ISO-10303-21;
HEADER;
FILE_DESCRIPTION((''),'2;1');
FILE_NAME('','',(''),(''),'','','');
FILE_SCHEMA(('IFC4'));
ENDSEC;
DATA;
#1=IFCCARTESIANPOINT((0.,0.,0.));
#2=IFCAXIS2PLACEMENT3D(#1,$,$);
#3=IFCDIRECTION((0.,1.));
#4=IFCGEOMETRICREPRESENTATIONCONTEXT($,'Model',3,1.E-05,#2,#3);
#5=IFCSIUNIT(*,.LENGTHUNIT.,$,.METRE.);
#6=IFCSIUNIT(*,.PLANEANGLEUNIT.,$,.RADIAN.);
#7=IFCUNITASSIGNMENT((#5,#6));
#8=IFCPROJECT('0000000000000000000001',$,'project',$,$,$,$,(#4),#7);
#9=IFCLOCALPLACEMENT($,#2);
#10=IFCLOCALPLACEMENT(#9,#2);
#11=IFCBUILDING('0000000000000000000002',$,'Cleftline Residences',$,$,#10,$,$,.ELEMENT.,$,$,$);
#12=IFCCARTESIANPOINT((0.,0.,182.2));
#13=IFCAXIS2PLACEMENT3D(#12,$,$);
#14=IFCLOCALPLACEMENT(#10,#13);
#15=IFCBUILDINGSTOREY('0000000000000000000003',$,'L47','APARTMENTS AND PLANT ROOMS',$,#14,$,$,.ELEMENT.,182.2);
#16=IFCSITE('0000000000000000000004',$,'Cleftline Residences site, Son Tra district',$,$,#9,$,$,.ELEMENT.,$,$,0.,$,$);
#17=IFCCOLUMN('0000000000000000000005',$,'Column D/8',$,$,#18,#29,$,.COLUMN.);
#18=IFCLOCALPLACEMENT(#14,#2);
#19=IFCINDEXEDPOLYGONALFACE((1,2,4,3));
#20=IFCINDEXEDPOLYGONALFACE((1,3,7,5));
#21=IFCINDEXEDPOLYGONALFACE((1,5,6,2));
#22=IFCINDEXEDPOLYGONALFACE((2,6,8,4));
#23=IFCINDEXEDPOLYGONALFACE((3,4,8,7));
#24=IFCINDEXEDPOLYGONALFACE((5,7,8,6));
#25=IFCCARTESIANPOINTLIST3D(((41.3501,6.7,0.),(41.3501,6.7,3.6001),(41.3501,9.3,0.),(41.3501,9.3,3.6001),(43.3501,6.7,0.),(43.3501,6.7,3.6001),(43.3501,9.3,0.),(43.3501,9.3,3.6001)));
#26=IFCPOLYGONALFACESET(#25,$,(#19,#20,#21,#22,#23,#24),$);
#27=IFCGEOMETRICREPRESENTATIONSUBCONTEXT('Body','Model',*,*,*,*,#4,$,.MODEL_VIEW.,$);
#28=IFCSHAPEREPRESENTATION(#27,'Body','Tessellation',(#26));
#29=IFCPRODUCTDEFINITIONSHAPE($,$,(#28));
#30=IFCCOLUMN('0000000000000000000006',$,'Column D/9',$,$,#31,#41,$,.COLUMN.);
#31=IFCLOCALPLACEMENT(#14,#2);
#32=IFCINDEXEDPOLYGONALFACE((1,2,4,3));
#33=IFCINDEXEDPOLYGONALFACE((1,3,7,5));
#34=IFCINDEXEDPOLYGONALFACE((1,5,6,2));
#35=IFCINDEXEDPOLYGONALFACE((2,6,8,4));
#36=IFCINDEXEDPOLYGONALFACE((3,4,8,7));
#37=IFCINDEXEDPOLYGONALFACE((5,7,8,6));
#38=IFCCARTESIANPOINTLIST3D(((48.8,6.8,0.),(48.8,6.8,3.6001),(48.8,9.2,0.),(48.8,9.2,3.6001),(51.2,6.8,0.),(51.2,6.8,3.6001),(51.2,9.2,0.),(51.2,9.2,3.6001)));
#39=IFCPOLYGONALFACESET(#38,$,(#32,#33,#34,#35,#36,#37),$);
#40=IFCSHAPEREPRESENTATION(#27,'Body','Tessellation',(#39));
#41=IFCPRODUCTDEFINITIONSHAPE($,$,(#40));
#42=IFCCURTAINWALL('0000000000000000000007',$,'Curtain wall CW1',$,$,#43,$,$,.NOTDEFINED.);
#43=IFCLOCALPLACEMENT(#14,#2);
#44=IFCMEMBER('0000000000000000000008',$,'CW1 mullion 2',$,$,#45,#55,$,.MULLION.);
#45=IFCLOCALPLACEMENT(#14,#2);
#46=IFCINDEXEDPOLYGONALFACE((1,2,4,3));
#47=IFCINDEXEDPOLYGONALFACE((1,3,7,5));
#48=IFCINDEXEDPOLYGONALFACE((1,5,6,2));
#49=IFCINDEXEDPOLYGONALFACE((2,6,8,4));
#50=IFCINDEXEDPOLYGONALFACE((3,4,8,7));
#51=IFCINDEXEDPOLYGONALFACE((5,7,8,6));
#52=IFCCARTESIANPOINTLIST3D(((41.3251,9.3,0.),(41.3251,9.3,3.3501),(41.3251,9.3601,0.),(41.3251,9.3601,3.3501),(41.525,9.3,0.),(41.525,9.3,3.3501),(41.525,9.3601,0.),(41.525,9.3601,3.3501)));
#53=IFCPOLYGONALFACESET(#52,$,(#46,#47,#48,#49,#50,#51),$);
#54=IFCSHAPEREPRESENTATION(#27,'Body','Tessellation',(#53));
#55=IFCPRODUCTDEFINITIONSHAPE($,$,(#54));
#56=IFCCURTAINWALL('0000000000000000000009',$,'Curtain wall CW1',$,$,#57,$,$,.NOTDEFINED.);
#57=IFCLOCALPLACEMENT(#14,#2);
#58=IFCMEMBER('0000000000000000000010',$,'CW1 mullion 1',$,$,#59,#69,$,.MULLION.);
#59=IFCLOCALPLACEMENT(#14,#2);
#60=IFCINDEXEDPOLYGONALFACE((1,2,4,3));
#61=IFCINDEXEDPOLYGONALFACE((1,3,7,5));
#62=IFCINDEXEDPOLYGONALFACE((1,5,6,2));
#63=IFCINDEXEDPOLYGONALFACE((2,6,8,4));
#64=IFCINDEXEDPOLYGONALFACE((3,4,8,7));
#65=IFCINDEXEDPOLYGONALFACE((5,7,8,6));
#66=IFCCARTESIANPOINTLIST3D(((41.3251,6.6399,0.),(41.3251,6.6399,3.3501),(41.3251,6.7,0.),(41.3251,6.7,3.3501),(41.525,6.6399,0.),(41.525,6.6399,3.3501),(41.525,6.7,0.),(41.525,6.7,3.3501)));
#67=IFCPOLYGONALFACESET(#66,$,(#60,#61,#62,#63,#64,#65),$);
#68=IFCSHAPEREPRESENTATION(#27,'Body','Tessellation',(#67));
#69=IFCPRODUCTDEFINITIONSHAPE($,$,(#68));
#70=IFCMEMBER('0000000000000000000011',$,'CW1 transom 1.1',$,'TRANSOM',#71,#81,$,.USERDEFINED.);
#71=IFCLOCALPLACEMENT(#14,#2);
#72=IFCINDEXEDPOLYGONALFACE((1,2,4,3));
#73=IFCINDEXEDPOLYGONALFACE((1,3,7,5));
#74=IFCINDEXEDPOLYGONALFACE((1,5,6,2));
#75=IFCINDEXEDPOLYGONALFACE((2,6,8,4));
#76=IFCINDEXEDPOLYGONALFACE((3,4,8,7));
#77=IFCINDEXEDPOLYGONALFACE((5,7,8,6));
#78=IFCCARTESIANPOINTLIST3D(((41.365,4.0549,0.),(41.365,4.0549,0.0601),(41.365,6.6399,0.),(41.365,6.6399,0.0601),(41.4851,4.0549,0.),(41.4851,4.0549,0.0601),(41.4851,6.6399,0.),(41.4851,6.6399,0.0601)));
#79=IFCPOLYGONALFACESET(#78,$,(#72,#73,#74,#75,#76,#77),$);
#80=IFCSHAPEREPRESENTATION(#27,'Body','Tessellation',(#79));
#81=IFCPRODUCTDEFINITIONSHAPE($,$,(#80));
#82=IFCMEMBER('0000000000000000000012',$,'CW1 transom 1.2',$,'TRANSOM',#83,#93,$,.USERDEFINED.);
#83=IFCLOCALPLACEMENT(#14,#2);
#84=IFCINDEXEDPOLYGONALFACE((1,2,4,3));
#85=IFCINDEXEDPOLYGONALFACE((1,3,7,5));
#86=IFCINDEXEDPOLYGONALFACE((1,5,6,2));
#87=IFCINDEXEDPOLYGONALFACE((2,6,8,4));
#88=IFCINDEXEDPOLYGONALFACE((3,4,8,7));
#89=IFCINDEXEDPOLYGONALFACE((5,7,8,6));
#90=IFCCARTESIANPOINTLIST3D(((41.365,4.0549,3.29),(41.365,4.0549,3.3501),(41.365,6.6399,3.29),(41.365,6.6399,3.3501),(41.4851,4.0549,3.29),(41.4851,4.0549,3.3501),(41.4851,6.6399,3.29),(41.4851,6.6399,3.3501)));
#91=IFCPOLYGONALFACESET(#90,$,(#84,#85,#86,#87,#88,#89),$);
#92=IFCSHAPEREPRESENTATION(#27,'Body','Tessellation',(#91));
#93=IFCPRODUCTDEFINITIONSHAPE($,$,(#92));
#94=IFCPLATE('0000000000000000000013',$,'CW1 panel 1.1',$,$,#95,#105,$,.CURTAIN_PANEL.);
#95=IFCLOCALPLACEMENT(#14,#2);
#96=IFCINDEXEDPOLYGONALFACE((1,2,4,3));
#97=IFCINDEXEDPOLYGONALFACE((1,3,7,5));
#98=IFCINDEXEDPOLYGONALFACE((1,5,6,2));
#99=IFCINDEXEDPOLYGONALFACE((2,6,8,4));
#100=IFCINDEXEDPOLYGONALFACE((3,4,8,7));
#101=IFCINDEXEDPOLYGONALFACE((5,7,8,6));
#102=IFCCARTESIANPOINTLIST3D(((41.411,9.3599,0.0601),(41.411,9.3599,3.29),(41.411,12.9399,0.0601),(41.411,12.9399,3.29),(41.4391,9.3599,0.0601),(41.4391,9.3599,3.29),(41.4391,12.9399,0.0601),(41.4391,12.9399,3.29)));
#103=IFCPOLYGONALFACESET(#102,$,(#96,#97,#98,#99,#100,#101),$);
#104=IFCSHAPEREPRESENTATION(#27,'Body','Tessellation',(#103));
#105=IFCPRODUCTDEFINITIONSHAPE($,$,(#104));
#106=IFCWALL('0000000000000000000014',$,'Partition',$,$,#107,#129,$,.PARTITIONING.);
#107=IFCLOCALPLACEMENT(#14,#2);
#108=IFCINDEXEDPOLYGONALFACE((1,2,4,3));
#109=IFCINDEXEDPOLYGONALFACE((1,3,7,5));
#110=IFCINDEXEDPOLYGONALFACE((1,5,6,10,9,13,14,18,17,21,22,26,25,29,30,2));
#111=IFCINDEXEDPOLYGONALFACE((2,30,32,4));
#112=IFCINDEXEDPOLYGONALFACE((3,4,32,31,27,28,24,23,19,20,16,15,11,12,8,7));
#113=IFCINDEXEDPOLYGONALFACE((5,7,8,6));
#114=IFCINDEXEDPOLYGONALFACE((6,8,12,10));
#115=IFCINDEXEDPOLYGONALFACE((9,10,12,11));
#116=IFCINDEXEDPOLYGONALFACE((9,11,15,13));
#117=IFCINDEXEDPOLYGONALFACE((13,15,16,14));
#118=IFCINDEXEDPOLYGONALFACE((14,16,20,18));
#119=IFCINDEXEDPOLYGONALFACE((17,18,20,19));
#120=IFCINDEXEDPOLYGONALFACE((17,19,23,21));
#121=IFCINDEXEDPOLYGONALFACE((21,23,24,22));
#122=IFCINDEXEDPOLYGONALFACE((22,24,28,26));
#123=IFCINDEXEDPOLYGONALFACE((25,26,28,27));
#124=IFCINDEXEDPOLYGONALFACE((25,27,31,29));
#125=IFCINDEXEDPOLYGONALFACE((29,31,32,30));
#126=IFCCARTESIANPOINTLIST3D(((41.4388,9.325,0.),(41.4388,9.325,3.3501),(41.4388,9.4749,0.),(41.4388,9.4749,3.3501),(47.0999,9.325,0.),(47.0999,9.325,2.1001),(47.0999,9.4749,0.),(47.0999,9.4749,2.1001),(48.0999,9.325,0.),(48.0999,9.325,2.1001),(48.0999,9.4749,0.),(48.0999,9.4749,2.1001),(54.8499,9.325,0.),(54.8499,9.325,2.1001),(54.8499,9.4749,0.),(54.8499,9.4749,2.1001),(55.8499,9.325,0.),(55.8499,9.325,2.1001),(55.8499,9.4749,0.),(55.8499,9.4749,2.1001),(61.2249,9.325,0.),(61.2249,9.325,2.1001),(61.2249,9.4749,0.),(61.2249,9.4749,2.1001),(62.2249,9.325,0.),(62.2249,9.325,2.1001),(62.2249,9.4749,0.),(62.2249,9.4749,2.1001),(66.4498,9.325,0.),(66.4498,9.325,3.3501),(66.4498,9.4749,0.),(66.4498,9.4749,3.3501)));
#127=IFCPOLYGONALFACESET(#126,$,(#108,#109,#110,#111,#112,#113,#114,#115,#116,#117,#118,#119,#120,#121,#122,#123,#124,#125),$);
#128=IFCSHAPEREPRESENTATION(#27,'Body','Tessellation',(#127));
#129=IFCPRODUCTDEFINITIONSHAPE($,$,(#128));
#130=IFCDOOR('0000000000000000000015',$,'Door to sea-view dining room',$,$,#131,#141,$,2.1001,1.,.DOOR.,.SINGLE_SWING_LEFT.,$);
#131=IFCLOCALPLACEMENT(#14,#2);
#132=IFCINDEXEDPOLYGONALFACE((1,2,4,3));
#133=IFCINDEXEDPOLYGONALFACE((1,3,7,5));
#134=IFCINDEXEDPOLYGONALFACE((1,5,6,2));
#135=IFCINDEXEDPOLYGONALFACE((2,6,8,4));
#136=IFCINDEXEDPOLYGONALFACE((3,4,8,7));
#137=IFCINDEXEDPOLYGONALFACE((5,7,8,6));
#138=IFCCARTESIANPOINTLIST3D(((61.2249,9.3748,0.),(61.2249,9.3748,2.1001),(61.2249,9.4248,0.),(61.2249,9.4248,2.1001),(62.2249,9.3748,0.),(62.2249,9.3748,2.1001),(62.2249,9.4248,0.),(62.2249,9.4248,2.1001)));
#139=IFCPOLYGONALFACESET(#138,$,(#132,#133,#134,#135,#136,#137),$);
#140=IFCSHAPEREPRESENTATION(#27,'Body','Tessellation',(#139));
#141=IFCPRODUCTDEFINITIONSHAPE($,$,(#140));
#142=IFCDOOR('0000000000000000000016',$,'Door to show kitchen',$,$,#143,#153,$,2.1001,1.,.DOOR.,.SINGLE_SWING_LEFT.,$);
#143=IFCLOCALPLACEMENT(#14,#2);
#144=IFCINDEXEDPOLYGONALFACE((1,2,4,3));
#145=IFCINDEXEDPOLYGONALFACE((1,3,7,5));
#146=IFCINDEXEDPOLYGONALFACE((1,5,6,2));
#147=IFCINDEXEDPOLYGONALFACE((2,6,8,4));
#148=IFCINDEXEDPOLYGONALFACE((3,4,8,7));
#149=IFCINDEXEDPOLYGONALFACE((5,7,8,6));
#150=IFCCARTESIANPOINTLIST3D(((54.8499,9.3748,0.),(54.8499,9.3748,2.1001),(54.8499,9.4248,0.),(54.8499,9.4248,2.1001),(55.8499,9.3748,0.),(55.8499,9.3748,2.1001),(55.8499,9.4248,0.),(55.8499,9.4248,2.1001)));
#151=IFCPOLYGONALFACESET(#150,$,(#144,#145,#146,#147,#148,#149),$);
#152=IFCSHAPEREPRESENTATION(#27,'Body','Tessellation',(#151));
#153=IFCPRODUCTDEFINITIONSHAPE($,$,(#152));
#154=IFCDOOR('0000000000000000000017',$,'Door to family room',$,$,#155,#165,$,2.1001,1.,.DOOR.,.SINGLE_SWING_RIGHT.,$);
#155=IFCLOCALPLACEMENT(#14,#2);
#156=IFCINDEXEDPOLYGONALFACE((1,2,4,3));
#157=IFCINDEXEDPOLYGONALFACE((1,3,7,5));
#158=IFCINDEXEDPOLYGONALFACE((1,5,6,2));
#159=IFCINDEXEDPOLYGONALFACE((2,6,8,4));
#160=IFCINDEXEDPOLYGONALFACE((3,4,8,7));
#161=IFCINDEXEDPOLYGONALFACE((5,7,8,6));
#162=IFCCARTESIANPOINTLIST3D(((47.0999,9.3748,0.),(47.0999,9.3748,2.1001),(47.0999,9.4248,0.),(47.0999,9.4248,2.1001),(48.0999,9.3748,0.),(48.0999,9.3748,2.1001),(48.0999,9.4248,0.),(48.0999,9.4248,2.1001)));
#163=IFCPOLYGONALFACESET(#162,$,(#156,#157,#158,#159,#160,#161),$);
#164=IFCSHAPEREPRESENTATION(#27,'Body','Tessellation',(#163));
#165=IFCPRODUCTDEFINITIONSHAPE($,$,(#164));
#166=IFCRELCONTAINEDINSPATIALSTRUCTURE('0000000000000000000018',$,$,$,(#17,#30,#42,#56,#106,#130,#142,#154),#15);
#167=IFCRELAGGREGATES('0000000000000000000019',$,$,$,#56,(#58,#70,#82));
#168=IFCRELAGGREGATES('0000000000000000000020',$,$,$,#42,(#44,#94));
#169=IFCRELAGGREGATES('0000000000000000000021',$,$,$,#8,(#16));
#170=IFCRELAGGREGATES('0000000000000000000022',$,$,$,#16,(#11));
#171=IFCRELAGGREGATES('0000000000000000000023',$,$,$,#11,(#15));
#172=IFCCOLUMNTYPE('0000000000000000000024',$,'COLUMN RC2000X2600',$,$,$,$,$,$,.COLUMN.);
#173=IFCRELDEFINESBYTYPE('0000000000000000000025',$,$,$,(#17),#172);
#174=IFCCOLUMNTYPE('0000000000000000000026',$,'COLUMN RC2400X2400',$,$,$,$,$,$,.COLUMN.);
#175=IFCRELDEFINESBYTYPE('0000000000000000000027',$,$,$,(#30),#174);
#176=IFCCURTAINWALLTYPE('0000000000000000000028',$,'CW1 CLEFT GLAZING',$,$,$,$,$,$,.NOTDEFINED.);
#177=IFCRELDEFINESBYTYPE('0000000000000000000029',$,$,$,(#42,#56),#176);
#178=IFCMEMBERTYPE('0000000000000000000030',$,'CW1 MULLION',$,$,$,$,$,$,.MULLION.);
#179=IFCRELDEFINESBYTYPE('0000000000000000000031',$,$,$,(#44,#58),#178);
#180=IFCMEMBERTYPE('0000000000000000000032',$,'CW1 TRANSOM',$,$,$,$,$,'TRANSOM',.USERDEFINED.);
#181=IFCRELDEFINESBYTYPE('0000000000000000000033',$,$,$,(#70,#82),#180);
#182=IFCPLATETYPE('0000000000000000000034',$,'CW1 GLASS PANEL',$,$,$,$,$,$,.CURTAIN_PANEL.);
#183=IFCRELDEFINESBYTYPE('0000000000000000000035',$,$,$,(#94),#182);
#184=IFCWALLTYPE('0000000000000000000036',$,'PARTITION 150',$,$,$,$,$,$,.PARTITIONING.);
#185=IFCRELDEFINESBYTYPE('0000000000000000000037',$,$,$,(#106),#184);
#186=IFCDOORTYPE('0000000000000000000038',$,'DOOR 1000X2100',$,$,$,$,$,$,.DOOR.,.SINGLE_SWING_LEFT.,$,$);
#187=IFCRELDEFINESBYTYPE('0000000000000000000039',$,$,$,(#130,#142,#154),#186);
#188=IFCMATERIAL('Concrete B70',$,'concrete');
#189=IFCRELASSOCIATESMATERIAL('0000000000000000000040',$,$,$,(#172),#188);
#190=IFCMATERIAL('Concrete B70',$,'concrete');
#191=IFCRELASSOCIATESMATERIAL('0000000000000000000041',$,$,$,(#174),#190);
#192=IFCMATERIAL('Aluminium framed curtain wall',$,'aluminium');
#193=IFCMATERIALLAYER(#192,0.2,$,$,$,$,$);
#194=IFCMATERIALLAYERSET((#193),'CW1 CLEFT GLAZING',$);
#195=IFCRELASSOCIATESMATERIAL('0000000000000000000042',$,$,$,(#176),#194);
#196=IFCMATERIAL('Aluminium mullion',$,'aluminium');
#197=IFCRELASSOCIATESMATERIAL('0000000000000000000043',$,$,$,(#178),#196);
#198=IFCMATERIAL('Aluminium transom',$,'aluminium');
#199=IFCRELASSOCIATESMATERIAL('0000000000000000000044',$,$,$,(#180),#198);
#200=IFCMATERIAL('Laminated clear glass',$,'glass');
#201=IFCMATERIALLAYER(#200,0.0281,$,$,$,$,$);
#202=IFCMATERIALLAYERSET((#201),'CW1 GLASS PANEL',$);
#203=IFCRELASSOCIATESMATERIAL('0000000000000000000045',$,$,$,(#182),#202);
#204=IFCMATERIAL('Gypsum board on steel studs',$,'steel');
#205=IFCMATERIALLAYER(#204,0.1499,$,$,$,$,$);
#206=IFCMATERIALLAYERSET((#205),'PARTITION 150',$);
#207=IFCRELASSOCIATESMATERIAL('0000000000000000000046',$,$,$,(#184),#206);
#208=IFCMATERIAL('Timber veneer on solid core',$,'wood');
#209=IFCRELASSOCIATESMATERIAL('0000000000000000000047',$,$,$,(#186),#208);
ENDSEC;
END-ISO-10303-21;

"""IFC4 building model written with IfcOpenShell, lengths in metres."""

from ifc_helpers import new_model, si_unit, direction, frame, frame_2d, origin, origin_2d, place, context, subcontext, project, spatial, rectangle, extrude, material, layer, layer_set, material_profile, profile_set, type_object, element, fill, aggregate, save


model = new_model("IFC4")

# Units and contexts
model_context = context("Model", 3, precision=1e-05, world=origin(), true_north=direction((0.0, 1.0)))
body_context = subcontext(model_context, "Body", "Model", "MODEL_VIEW")
ifc_project = project(units=[si_unit("LENGTHUNIT", "METRE"), si_unit("PLANEANGLEUNIT", "RADIAN")], contexts=[model_context])

# Site, building, storey
site_placement = place(None, origin())
site = spatial("IfcSite", under=ifc_project, at=site_placement, Name="Cleftline Residences site, Son Tra district", CompositionType="ELEMENT", RefElevation=0.0)
building_placement = place(site_placement, origin())
building = spatial("IfcBuilding", under=site, at=building_placement, Name="Cleftline Residences", CompositionType="ELEMENT")
storey_placement = place(building_placement, frame((0.0, 0.0, 182.2)))
storey = spatial("IfcBuildingStorey", under=building, at=storey_placement, Name="L47", Description="APARTMENTS AND PLANT ROOMS", CompositionType="ELEMENT", Elevation=182.2)

# Columns
ifc_material_1 = material(Name="Concrete B70", Category="concrete")
ifc_material_profile_1 = material_profile(ifc_material_1, rectangle(XDim=2.0, YDim=2.6001, at=origin_2d()))
ifc_profile_set_1 = profile_set([ifc_material_profile_1], Name="Concrete B70")
column_type_1 = type_object("IfcColumnType", Name="COLUMN RC2000X2600", PredefinedType="COLUMN", material=ifc_profile_set_1)
column_1_placement = place(storey_placement, frame((42.3501, 8.0, 0.0), z_axis=(0.0, 0.0, 1.0), x_axis=(1.0, 0.0, 0.0)))
element("IfcColumn", 1, at=column_1_placement, inside=storey, type_object=column_type_1, Name="Column D/8", PredefinedType="COLUMN", context=body_context, shape_type="SweptSolid", body=[
    extrude(rectangle(XDim=2.0, YDim=2.6001, at=origin_2d()), origin(), (0.0, 0.0, 1.0), 3.6001),
])
ifc_material_2 = material(Name="Concrete B70", Category="concrete")
ifc_material_profile_2 = material_profile(ifc_material_2, rectangle(XDim=2.3999, YDim=2.3999, at=origin_2d()))
ifc_profile_set_2 = profile_set([ifc_material_profile_2], Name="Concrete B70")
column_type_2 = type_object("IfcColumnType", Name="COLUMN RC2400X2400", PredefinedType="COLUMN", material=ifc_profile_set_2)
column_2_placement = place(storey_placement, frame((50.0, 8.0, 0.0), z_axis=(0.0, 0.0, 1.0), x_axis=(1.0, 0.0, 0.0)))
element("IfcColumn", 2, at=column_2_placement, inside=storey, type_object=column_type_2, Name="Column D/9", PredefinedType="COLUMN", context=body_context, shape_type="SweptSolid", body=[
    extrude(rectangle(XDim=2.3999, YDim=2.3999, at=origin_2d()), origin(), (0.0, 0.0, 1.0), 3.6001),
])

# Curtain wall, member
ifc_material_3 = material(Name="Aluminium framed curtain wall", Category="aluminium")
ifc_layer_1 = layer(ifc_material_3, 0.2)
ifc_layer_set_1 = layer_set([ifc_layer_1], Name="CW1 CLEFT GLAZING")
curtain_wall_type = type_object("IfcCurtainWallType", Name="CW1 CLEFT GLAZING", PredefinedType="NOTDEFINED", material=ifc_layer_set_1)
curtain_wall_1_placement = place(storey_placement, origin())
curtain_wall_1 = element("IfcCurtainWall", 3, at=curtain_wall_1_placement, inside=storey, type_object=curtain_wall_type, Name="Curtain wall CW1", PredefinedType="NOTDEFINED")
ifc_material_4 = material(Name="Aluminium mullion", Category="aluminium")
ifc_material_profile_3 = material_profile(ifc_material_4, rectangle(XDim=0.2, YDim=0.0601, at=origin_2d()))
ifc_profile_set_3 = profile_set([ifc_material_profile_3], Name="Aluminium mullion")
member_type_1 = type_object("IfcMemberType", Name="CW1 MULLION", PredefinedType="MULLION", material=ifc_profile_set_3)
member_1_placement = place(storey_placement, frame((41.425, 9.3301, 0.0), z_axis=(0.0, 0.0, 1.0), x_axis=(1.0, 0.0, 0.0)))
member_1 = element("IfcMember", 4, at=member_1_placement, type_object=member_type_1, Name="CW1 mullion 2", PredefinedType="MULLION", context=body_context, shape_type="SweptSolid", body=[
    extrude(rectangle(XDim=0.2, YDim=0.0601, at=origin_2d()), origin(), (0.0, 0.0, 1.0), 3.3501),
])

# Curtain wall, members
curtain_wall_2_placement = place(storey_placement, origin())
curtain_wall_2 = element("IfcCurtainWall", 5, at=curtain_wall_2_placement, inside=storey, type_object=curtain_wall_type, Name="Curtain wall CW1", PredefinedType="NOTDEFINED")
member_2_placement = place(storey_placement, frame((41.425, 6.6699, 0.0), z_axis=(0.0, 0.0, 1.0), x_axis=(1.0, 0.0, 0.0)))
member_2 = element("IfcMember", 6, at=member_2_placement, type_object=member_type_1, Name="CW1 mullion 1", PredefinedType="MULLION", context=body_context, shape_type="SweptSolid", body=[
    extrude(rectangle(XDim=0.2, YDim=0.0601, at=origin_2d()), origin(), (0.0, 0.0, 1.0), 3.3501),
])
ifc_material_5 = material(Name="Aluminium transom", Category="aluminium")
ifc_material_profile_4 = material_profile(ifc_material_5, rectangle(XDim=0.1201, YDim=0.0601, at=origin_2d()))
ifc_profile_set_4 = profile_set([ifc_material_profile_4], Name="Aluminium transom")
member_type_2 = type_object("IfcMemberType", Name="CW1 TRANSOM", ElementType="TRANSOM", PredefinedType="USERDEFINED", material=ifc_profile_set_4)
member_3_placement = place(storey_placement, frame((41.425, 6.6399, 0.03), z_axis=(0.0, -1.0, 0.0), x_axis=(1.0, 0.0, 0.0)))
member_3 = element("IfcMember", 7, at=member_3_placement, type_object=member_type_2, Name="CW1 transom 1.1", ObjectType="TRANSOM", PredefinedType="USERDEFINED", context=body_context, shape_type="SweptSolid", body=[
    extrude(rectangle(XDim=0.1201, YDim=0.0601, at=origin_2d()), origin(), (0.0, 0.0, 1.0), 2.585),
])
member_4_placement = place(storey_placement, frame((41.425, 6.6399, 3.3201), z_axis=(0.0, -1.0, 0.0), x_axis=(1.0, 0.0, 0.0)))
member_4 = element("IfcMember", 8, at=member_4_placement, type_object=member_type_2, Name="CW1 transom 1.2", ObjectType="TRANSOM", PredefinedType="USERDEFINED", context=body_context, shape_type="SweptSolid", body=[
    extrude(rectangle(XDim=0.1201, YDim=0.0601, at=origin_2d()), origin(), (0.0, 0.0, 1.0), 2.585),
])
aggregate(curtain_wall_2, [member_2, member_3, member_4])

# Plate
ifc_material_6 = material(Name="Laminated clear glass", Category="glass")
ifc_layer_2 = layer(ifc_material_6, 0.0281)
ifc_layer_set_2 = layer_set([ifc_layer_2], Name="CW1 GLASS PANEL")
plate_type = type_object("IfcPlateType", Name="CW1 GLASS PANEL", PredefinedType="CURTAIN_PANEL", material=ifc_layer_set_2)
plate_placement = place(storey_placement, frame((41.425, 11.1499, 0.0601), z_axis=(0.0, 0.0, 1.0), x_axis=(0.0, -1.0, 0.0)))
plate = element("IfcPlate", 9, at=plate_placement, type_object=plate_type, Name="CW1 panel 1.1", PredefinedType="CURTAIN_PANEL", context=body_context, shape_type="SweptSolid", body=[
    extrude(rectangle(XDim=3.5801, YDim=0.0281, at=origin_2d()), origin(), (0.0, 0.0, 1.0), 3.23),
])
aggregate(curtain_wall_1, [member_1, plate])

# Wall, openings, doors
ifc_material_7 = material(Name="Gypsum board on steel studs", Category="steel")
ifc_layer_3 = layer(ifc_material_7, 0.1499)
ifc_layer_set_3 = layer_set([ifc_layer_3], Name="PARTITION 150")
wall_type = type_object("IfcWallType", Name="PARTITION 150", PredefinedType="PARTITIONING", material=ifc_layer_set_3)
wall_1_placement = place(storey_placement, frame((41.439, 9.3999, 0.0), z_axis=(0.0, 0.0, 1.0), x_axis=(1.0, 0.0, 0.0)))
wall_1 = element("IfcWall", 10, at=wall_1_placement, inside=storey, type_object=wall_type, Name="Partition", PredefinedType="PARTITIONING", context=body_context, shape_type="SweptSolid", body=[
    extrude(rectangle(XDim=25.011, YDim=0.1499, at=frame_2d((12.5054, 0.0))), origin(), (0.0, 0.0, 1.0), 3.3501),
])
opening_1_placement = place(wall_1_placement, frame((19.7859, 0.0, 0.0)))
opening_1 = element("IfcOpeningElement", 11, at=opening_1_placement, cuts=wall_1, PredefinedType="OPENING", context=body_context, shape_type="SweptSolid", body=[
    extrude(rectangle(XDim=1.0, YDim=2.1001, at=frame_2d((0.5, 1.05))), frame((0.0, 0.085, 0.0), z_axis=(0.0, -1.0, 0.0), x_axis=(1.0, 0.0, 0.0)), (0.0, 0.0, 1.0), 0.1699),
])
opening_2_placement = place(wall_1_placement, frame((13.4109, 0.0, 0.0)))
opening_2 = element("IfcOpeningElement", 12, at=opening_2_placement, cuts=wall_1, PredefinedType="OPENING", context=body_context, shape_type="SweptSolid", body=[
    extrude(rectangle(XDim=1.0, YDim=2.1001, at=frame_2d((0.5, 1.05))), frame((0.0, 0.085, 0.0), z_axis=(0.0, -1.0, 0.0), x_axis=(1.0, 0.0, 0.0)), (0.0, 0.0, 1.0), 0.1699),
])
opening_3_placement = place(wall_1_placement, frame((5.6609, 0.0, 0.0)))
opening_3 = element("IfcOpeningElement", 13, at=opening_3_placement, cuts=wall_1, PredefinedType="OPENING", context=body_context, shape_type="SweptSolid", body=[
    extrude(rectangle(XDim=1.0, YDim=2.1001, at=frame_2d((0.5, 1.05))), frame((0.0, 0.085, 0.0), z_axis=(0.0, -1.0, 0.0), x_axis=(1.0, 0.0, 0.0)), (0.0, 0.0, 1.0), 0.1699),
])
ifc_material_8 = material(Name="Timber veneer on solid core", Category="wood")
door_type_1 = type_object("IfcDoorType", Name="DOOR 1000X2100", OperationType="SINGLE_SWING_LEFT", PredefinedType="DOOR", material=ifc_material_8)
door_1_placement = place(opening_1_placement, origin())
door_1 = element("IfcDoor", 14, at=door_1_placement, inside=storey, type_object=door_type_1, Name="Door to sea-view dining room", OperationType="SINGLE_SWING_LEFT", OverallHeight=2.1001, OverallWidth=1.0, PredefinedType="DOOR", context=body_context, shape_type="SweptSolid", body=[
    extrude(rectangle(XDim=1.0, YDim=2.1001, at=frame_2d((0.5, 1.05))), frame((0.0, 0.0249, 0.0), z_axis=(0.0, -1.0, 0.0), x_axis=(1.0, 0.0, 0.0)), (0.0, 0.0, 1.0), 0.05),
])
fill(opening_1, door_1)
door_2_placement = place(opening_2_placement, origin())
door_2 = element("IfcDoor", 15, at=door_2_placement, inside=storey, type_object=door_type_1, Name="Door to show kitchen", OperationType="SINGLE_SWING_LEFT", OverallHeight=2.1001, OverallWidth=1.0, PredefinedType="DOOR", context=body_context, shape_type="SweptSolid", body=[
    extrude(rectangle(XDim=1.0, YDim=2.1001, at=frame_2d((0.5, 1.05))), frame((0.0, 0.0249, 0.0), z_axis=(0.0, -1.0, 0.0), x_axis=(1.0, 0.0, 0.0)), (0.0, 0.0, 1.0), 0.05),
])
fill(opening_2, door_2)
door_3_placement = place(opening_3_placement, origin())
door_3 = element("IfcDoor", 16, at=door_3_placement, inside=storey, type_object=door_type_1, Name="Door to family room", OperationType="SINGLE_SWING_RIGHT", OverallHeight=2.1001, OverallWidth=1.0, PredefinedType="DOOR", context=body_context, shape_type="SweptSolid", body=[
    extrude(rectangle(XDim=1.0, YDim=2.1001, at=frame_2d((0.5, 1.05))), frame((0.0, 0.0249, 0.0), z_axis=(0.0, -1.0, 0.0), x_axis=(1.0, 0.0, 0.0)), (0.0, 0.0, 1.0), 0.05),
])
fill(opening_3, door_3)

save(model, "model.ifc")
